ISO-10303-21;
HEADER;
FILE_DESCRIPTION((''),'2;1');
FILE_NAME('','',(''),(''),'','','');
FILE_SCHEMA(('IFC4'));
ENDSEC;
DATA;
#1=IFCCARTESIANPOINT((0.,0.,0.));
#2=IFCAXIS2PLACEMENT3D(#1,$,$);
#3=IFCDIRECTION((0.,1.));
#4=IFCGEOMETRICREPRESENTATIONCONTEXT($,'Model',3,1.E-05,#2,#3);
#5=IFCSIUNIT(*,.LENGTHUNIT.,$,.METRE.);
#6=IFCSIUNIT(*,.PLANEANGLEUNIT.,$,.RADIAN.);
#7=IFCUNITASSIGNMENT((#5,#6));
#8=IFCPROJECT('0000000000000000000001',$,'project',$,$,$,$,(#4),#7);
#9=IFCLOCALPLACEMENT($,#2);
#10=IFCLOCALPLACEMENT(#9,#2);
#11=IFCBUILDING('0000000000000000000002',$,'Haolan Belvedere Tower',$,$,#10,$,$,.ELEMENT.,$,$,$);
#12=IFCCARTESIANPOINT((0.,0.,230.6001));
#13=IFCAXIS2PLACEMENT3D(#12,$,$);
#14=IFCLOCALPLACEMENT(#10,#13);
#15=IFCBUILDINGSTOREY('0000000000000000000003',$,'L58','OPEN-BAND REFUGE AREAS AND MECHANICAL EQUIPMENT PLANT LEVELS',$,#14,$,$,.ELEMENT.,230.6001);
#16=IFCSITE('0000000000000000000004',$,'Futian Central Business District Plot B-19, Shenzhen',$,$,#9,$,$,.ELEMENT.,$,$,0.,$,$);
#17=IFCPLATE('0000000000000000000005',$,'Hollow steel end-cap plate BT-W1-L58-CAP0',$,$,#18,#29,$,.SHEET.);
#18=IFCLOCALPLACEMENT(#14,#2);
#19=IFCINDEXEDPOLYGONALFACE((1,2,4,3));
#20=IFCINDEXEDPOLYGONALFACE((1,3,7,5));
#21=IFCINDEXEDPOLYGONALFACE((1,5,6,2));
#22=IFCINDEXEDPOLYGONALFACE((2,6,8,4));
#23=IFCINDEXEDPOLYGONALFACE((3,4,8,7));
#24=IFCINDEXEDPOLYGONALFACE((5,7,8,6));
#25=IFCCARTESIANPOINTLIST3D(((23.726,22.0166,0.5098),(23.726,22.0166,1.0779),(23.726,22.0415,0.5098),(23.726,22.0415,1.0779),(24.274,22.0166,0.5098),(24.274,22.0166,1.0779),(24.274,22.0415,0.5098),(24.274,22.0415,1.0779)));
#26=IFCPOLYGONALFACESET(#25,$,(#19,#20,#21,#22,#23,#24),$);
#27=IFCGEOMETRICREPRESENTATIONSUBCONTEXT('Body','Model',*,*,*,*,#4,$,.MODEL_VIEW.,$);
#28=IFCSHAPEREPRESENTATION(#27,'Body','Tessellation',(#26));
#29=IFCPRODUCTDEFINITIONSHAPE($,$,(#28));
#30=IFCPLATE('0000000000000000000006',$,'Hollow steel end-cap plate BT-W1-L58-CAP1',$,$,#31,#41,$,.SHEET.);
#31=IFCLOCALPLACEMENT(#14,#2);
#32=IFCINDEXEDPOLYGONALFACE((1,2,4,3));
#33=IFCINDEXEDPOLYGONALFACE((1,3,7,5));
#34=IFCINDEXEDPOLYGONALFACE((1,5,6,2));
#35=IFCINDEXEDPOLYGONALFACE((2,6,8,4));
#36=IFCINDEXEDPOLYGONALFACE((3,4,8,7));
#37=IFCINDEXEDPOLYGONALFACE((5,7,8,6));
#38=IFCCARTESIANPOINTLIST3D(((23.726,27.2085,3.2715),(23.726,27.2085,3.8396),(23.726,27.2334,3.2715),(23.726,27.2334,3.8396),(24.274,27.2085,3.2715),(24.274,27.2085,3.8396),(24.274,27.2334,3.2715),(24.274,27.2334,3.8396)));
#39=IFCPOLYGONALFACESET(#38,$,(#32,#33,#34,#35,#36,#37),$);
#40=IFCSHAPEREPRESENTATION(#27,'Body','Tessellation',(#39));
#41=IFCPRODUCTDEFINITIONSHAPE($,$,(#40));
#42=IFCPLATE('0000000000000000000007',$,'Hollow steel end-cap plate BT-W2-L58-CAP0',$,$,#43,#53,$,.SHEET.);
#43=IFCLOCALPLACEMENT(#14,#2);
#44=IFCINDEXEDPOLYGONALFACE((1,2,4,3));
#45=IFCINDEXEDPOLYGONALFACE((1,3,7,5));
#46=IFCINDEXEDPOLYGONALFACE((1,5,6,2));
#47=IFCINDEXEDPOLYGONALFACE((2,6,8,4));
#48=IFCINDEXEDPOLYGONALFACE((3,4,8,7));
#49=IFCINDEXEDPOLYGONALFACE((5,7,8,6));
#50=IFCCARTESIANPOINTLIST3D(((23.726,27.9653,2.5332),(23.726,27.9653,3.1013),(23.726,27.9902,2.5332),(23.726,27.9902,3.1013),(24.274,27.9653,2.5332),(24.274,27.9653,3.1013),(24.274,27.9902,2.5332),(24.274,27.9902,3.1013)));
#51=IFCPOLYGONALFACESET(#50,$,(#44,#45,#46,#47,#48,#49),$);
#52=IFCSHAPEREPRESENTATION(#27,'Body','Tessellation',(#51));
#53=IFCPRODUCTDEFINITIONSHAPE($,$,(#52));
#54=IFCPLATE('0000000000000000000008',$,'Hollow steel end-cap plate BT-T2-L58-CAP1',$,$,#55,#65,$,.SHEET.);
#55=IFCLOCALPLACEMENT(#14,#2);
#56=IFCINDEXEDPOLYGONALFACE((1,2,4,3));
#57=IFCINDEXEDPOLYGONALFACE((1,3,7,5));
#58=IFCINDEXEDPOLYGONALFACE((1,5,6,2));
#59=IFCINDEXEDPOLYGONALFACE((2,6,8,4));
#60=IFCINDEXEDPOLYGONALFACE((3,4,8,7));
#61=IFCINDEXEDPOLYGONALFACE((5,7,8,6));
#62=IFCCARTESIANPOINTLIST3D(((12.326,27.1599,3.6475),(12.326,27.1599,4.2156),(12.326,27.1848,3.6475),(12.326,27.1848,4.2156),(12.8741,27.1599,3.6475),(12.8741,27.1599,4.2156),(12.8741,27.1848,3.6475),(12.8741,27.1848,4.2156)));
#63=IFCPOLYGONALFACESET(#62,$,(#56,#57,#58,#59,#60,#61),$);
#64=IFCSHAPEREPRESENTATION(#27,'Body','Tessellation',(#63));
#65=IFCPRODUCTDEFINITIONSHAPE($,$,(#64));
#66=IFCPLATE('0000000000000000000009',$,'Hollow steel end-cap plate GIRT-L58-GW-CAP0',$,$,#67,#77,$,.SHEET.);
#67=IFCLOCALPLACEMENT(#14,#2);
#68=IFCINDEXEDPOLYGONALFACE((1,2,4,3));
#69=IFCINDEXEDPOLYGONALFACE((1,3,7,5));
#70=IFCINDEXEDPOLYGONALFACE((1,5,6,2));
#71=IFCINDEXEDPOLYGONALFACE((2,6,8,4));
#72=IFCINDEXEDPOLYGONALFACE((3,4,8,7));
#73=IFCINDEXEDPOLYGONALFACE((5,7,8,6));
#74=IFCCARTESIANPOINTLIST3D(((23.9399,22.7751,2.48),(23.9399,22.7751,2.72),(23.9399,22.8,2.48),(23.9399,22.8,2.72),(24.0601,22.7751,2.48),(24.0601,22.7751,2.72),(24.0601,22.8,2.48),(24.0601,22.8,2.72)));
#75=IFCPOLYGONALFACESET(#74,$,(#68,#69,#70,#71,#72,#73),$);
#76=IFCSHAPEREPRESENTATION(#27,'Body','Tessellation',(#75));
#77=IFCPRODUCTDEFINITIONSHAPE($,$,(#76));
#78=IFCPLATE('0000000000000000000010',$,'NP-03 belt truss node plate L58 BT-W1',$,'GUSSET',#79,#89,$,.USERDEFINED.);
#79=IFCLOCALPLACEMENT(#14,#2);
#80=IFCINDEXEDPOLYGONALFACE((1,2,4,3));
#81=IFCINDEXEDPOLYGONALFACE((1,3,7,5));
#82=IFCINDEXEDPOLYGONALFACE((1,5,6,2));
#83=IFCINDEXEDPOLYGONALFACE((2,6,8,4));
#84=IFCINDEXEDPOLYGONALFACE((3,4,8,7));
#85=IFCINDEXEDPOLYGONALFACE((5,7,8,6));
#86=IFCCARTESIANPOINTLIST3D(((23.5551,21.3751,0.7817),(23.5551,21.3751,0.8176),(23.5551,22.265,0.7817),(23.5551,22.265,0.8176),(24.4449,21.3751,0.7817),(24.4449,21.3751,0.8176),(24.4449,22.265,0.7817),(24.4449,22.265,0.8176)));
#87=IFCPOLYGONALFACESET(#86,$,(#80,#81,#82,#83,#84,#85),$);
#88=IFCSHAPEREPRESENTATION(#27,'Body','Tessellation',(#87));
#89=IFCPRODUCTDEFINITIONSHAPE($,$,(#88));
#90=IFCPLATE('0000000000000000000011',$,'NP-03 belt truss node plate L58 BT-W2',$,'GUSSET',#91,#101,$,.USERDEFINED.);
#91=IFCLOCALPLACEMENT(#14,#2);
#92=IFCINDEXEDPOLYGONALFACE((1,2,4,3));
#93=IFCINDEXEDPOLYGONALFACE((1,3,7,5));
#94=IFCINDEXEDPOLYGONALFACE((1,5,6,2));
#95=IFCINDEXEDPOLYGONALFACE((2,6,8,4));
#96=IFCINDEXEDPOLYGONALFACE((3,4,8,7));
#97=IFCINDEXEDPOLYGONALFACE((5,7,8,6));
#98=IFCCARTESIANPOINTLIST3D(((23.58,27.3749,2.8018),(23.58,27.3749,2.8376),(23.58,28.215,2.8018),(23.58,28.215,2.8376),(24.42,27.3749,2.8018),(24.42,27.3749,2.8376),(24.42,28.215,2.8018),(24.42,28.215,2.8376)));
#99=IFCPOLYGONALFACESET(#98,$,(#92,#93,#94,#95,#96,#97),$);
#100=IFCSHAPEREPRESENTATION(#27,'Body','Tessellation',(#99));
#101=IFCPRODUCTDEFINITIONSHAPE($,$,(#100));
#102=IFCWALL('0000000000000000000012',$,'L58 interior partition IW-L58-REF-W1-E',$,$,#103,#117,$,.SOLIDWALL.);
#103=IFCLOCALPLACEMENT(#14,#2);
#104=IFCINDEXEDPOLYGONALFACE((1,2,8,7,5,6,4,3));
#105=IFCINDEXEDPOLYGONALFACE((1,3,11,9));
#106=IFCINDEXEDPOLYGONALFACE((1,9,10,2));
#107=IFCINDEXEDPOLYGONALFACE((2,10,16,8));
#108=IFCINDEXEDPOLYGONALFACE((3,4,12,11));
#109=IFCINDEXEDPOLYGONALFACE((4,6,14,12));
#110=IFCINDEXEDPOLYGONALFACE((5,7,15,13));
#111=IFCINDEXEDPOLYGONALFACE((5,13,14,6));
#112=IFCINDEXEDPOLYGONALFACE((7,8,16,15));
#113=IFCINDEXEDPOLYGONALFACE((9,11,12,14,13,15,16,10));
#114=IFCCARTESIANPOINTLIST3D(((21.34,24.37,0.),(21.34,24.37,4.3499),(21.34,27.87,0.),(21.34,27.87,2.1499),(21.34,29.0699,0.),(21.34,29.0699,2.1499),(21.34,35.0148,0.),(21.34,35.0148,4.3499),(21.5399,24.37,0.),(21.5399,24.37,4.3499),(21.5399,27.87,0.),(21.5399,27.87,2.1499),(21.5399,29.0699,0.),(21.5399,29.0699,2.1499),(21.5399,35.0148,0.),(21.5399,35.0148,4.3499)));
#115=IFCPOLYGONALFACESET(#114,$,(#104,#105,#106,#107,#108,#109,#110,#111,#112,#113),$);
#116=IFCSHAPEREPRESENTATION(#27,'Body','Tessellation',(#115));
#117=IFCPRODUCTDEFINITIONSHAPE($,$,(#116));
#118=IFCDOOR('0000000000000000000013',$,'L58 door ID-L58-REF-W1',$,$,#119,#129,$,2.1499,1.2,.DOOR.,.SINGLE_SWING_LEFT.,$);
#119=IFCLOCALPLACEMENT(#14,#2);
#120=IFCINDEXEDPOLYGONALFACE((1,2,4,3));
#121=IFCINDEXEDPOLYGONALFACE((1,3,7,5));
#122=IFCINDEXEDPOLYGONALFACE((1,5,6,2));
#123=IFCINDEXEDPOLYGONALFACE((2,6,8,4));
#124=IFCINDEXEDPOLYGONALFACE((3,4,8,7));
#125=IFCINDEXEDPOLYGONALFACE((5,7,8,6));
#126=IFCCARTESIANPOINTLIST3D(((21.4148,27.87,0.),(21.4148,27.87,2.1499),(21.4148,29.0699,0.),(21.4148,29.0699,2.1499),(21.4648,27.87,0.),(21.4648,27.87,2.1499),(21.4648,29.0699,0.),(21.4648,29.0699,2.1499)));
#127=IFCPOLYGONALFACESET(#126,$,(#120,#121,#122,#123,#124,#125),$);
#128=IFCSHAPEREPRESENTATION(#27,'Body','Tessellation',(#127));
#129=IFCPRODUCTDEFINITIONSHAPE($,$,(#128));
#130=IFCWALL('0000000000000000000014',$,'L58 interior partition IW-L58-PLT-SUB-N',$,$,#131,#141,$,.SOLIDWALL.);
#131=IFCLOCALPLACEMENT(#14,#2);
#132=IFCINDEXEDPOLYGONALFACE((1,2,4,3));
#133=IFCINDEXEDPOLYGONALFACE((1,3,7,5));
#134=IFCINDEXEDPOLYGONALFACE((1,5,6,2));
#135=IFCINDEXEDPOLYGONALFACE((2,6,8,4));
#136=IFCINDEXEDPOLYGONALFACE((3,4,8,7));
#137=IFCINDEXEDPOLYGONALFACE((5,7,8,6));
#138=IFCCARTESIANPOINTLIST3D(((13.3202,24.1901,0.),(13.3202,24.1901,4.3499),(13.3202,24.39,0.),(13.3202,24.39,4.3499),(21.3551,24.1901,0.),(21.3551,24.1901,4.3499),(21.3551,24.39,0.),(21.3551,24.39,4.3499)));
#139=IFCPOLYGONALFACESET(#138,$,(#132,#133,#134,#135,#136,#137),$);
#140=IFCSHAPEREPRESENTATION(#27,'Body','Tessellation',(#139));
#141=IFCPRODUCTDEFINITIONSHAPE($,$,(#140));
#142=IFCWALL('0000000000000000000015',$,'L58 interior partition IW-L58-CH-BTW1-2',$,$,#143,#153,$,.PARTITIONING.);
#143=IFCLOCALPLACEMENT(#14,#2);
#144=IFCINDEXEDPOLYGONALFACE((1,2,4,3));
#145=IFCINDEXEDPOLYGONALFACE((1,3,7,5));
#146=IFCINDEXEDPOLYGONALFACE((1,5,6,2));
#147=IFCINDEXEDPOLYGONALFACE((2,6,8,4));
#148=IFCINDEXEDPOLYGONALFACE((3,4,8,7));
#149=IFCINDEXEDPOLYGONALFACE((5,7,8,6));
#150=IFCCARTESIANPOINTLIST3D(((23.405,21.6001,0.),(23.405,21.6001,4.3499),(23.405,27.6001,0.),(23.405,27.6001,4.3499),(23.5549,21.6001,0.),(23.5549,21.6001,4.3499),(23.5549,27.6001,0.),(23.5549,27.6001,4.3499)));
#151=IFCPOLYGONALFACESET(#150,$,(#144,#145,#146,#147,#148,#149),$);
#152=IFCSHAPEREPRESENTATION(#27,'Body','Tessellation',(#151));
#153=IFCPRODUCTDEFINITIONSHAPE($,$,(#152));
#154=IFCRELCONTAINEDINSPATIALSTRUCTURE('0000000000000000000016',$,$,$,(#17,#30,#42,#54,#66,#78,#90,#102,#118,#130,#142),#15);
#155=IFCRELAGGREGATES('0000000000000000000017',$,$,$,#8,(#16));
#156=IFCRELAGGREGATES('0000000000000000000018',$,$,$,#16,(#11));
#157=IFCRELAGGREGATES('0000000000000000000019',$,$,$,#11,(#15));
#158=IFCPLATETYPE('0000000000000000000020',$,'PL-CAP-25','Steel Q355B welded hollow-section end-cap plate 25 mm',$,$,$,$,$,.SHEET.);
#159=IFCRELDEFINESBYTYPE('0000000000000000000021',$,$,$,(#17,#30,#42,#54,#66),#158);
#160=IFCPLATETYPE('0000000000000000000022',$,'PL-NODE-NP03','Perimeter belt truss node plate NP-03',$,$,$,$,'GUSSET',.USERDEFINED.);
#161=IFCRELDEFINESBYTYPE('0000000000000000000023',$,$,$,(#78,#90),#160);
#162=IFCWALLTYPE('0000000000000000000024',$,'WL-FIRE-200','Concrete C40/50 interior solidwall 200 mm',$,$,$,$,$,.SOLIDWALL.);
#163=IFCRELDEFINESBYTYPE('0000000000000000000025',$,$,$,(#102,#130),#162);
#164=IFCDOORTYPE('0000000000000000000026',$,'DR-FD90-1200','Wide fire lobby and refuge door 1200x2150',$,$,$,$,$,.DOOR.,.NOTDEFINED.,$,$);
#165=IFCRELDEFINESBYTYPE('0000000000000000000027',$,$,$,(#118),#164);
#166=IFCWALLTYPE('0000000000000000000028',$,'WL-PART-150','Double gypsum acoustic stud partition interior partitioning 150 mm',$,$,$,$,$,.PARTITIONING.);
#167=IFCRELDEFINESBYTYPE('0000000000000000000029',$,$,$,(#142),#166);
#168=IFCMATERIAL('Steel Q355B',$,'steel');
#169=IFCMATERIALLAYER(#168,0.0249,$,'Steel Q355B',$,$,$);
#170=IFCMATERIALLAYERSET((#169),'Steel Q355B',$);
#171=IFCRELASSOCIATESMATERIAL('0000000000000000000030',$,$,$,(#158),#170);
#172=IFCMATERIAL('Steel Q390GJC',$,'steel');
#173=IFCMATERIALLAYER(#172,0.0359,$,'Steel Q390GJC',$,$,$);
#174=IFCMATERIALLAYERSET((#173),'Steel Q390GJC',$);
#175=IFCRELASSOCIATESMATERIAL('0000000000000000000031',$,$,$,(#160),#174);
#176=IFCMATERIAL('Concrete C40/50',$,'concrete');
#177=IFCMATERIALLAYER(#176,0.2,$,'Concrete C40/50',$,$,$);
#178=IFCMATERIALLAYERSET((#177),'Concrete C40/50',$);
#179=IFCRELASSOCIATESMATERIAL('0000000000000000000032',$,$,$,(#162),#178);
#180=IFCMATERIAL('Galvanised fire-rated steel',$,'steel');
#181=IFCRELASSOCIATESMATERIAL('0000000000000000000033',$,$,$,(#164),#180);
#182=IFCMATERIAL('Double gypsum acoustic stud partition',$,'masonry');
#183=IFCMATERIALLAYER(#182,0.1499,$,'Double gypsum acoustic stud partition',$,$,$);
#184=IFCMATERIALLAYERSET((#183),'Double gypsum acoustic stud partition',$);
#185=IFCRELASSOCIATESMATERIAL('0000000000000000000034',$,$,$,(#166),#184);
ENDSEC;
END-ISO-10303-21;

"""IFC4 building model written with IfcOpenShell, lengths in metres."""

from ifc_helpers import new_model, si_unit, direction, frame, frame_2d, origin, origin_2d, place, context, subcontext, project, spatial, rectangle, extrude, material, layer, layer_set, type_object, element, fill, save


model = new_model("IFC4")

# Units and contexts
model_context = context("Model", 3, precision=1e-05, world=origin(), true_north=direction((0.0, 1.0)))
body_context = subcontext(model_context, "Body", "Model", "MODEL_VIEW")
ifc_project = project(units=[si_unit("LENGTHUNIT", "METRE"), si_unit("PLANEANGLEUNIT", "RADIAN")], contexts=[model_context])

# Site, building, storey
site_placement = place(None, origin())
site = spatial("IfcSite", under=ifc_project, at=site_placement, Name="Futian Central Business District Plot B-19, Shenzhen", CompositionType="ELEMENT", RefElevation=0.0)
building_placement = place(site_placement, origin())
building = spatial("IfcBuilding", under=site, at=building_placement, Name="Haolan Belvedere Tower", CompositionType="ELEMENT")
storey_placement = place(building_placement, frame((0.0, 0.0, 230.6001)))
storey = spatial("IfcBuildingStorey", under=building, at=storey_placement, Name="L58", Description="OPEN-BAND REFUGE AREAS AND MECHANICAL EQUIPMENT PLANT LEVELS", CompositionType="ELEMENT", Elevation=230.6001)

# Shared definitions
ifc_material_1 = material(Name="Steel Q390GJC", Category="steel")

# Shared definitions
ifc_material_2 = material(Name="Steel Q355B", Category="steel")

# Plates
ifc_layer_1 = layer(ifc_material_2, 0.0249, Name="Steel Q355B")
ifc_layer_set_1 = layer_set([ifc_layer_1], Name="Steel Q355B")
plate_type_1 = type_object("IfcPlateType", Name="PL-CAP-25", Description="Steel Q355B welded hollow-section end-cap plate 25 mm", PredefinedType="SHEET", material=ifc_layer_set_1)
for number, where, z_axis, x_axis, name in (
    (1, (24.0, 22.0291, 0.5098), (0.0, 0.0, 1.0), (1.0, 0.0, 0.0), "Hollow steel end-cap plate BT-W1-L58-CAP0"),
    (2, (24.0, 27.2209, 3.2715), (0.0, 0.0, 1.0), (-1.0, 0.0, 0.0), "Hollow steel end-cap plate BT-W1-L58-CAP1"),
    (3, (24.0, 27.9778, 2.5332), (0.0, 0.0, 1.0), (1.0, 0.0, 0.0), "Hollow steel end-cap plate BT-W2-L58-CAP0"),
    (4, (12.6001, 27.1724, 3.6475), (0.0, 0.0, 1.0), (-1.0, 0.0, 0.0), "Hollow steel end-cap plate BT-T2-L58-CAP1"),
):
    element("IfcPlate", number, at=place(storey_placement, frame(where, z_axis=z_axis, x_axis=x_axis)), inside=storey, type_object=plate_type_1, Name=name, PredefinedType="SHEET", context=body_context, shape_type="SweptSolid", body=[
        extrude(rectangle(XDim=0.5481, YDim=0.0249, at=origin_2d()), origin(), (0.0, 0.0, 1.0), 0.5681),
    ])
plate_1_placement = place(storey_placement, frame((24.0, 22.7876, 2.48), z_axis=(0.0, 0.0, 1.0), x_axis=(1.0, 0.0, 0.0)))
element("IfcPlate", 5, at=plate_1_placement, inside=storey, type_object=plate_type_1, Name="Hollow steel end-cap plate GIRT-L58-GW-CAP0", PredefinedType="SHEET", context=body_context, shape_type="SweptSolid", body=[
    extrude(rectangle(XDim=0.1201, YDim=0.0249, at=origin_2d()), origin(), (0.0, 0.0, 1.0), 0.24),
])
ifc_layer_2 = layer(ifc_material_1, 0.0359, Name="Steel Q390GJC")
ifc_layer_set_2 = layer_set([ifc_layer_2], Name="Steel Q390GJC")
plate_type_2 = type_object("IfcPlateType", Name="PL-NODE-NP03", Description="Perimeter belt truss node plate NP-03", ElementType="GUSSET", PredefinedType="USERDEFINED", material=ifc_layer_set_2)
plate_2_placement = place(storey_placement, frame((24.0, 21.8201, 0.7817), z_axis=(0.0, 0.0, 1.0), x_axis=(1.0, 0.0, 0.0)))
element("IfcPlate", 6, at=plate_2_placement, inside=storey, type_object=plate_type_2, Name="NP-03 belt truss node plate L58 BT-W1", ObjectType="GUSSET", PredefinedType="USERDEFINED", context=body_context, shape_type="SweptSolid", body=[
    extrude(rectangle(XDim=0.8899, YDim=0.8899, at=origin_2d()), origin(), (0.0, 0.0, 1.0), 0.0359),
])
plate_3_placement = place(storey_placement, frame((24.0, 27.7949, 2.8018), z_axis=(0.0, 0.0, 1.0), x_axis=(1.0, 0.0, 0.0)))
element("IfcPlate", 7, at=plate_3_placement, inside=storey, type_object=plate_type_2, Name="NP-03 belt truss node plate L58 BT-W2", ObjectType="GUSSET", PredefinedType="USERDEFINED", context=body_context, shape_type="SweptSolid", body=[
    extrude(rectangle(XDim=0.8401, YDim=0.8401, at=origin_2d()), origin(), (0.0, 0.0, 1.0), 0.0359),
])

# Wall, opening, door
ifc_material_3 = material(Name="Concrete C40/50", Category="concrete")
ifc_layer_3 = layer(ifc_material_3, 0.2, Name="Concrete C40/50")
ifc_layer_set_3 = layer_set([ifc_layer_3], Name="Concrete C40/50")
wall_type_1 = type_object("IfcWallType", Name="WL-FIRE-200", Description="Concrete C40/50 interior solidwall 200 mm", PredefinedType="SOLIDWALL", material=ifc_layer_set_3)
wall_1_placement = place(storey_placement, frame((21.4399, 24.3701, 0.0), z_axis=(0.0, 0.0, 1.0), x_axis=(0.0, 1.0, 0.0)))
wall_1 = element("IfcWall", 8, at=wall_1_placement, inside=storey, type_object=wall_type_1, Name="L58 interior partition IW-L58-REF-W1-E", PredefinedType="SOLIDWALL", context=body_context, shape_type="SweptSolid", body=[
    extrude(rectangle(XDim=10.6448, YDim=0.2, at=frame_2d((5.3223, 0.0))), origin(), (0.0, 0.0, 1.0), 4.3499),
])
opening_1_placement = place(wall_1_placement, frame((4.7, 0.0, 0.0), z_axis=(0.0, 0.0, 1.0), x_axis=(-1.0, 0.0, 0.0)))
opening_1 = element("IfcOpeningElement", 9, at=opening_1_placement, cuts=wall_1, PredefinedType="OPENING", context=body_context, shape_type="SweptSolid", body=[
    extrude(rectangle(XDim=1.2, YDim=2.1499, at=frame_2d((0.6001, 1.075))), frame((0.0, 0.1099, 0.0), z_axis=(0.0, -1.0, 0.0), x_axis=(1.0, 0.0, 0.0)), (0.0, 0.0, 1.0), 0.22),
])
ifc_material_4 = material(Name="Galvanised fire-rated steel", Category="steel")
door_type_1 = type_object("IfcDoorType", Name="DR-FD90-1200", Description="Wide fire lobby and refuge door 1200x2150", OperationType="NOTDEFINED", PredefinedType="DOOR", material=ifc_material_4)
door_1_placement = place(opening_1_placement, origin())
door_1 = element("IfcDoor", 10, at=door_1_placement, inside=storey, type_object=door_type_1, Name="L58 door ID-L58-REF-W1", OperationType="SINGLE_SWING_LEFT", OverallHeight=2.1499, OverallWidth=1.2, PredefinedType="DOOR", context=body_context, shape_type="SweptSolid", body=[
    extrude(rectangle(XDim=1.2, YDim=2.1499, at=frame_2d((0.6001, 1.075))), frame((0.0, 0.0249, 0.0), z_axis=(0.0, -1.0, 0.0), x_axis=(1.0, 0.0, 0.0)), (0.0, 0.0, 1.0), 0.05),
])
fill(opening_1, door_1)

# Wall
wall_2_placement = place(storey_placement, frame((13.3201, 24.29, 0.0), z_axis=(0.0, 0.0, 1.0), x_axis=(1.0, 0.0, 0.0)))
element("IfcWall", 11, at=wall_2_placement, inside=storey, type_object=wall_type_1, Name="L58 interior partition IW-L58-PLT-SUB-N", PredefinedType="SOLIDWALL", context=body_context, shape_type="SweptSolid", body=[
    extrude(rectangle(XDim=8.0349, YDim=0.2, at=frame_2d((4.0176, 0.0))), origin(), (0.0, 0.0, 1.0), 4.3499),
])

# Wall
ifc_material_5 = material(Name="Double gypsum acoustic stud partition", Category="masonry")
ifc_layer_4 = layer(ifc_material_5, 0.1499, Name="Double gypsum acoustic stud partition")
ifc_layer_set_4 = layer_set([ifc_layer_4], Name="Double gypsum acoustic stud partition")
wall_type_2 = type_object("IfcWallType", Name="WL-PART-150", Description="Double gypsum acoustic stud partition interior partitioning 150 mm", PredefinedType="PARTITIONING", material=ifc_layer_set_4)
wall_3_placement = place(storey_placement, frame((23.48, 21.6001, 0.0), z_axis=(0.0, 0.0, 1.0), x_axis=(0.0, 1.0, 0.0)))
element("IfcWall", 12, at=wall_3_placement, inside=storey, type_object=wall_type_2, Name="L58 interior partition IW-L58-CH-BTW1-2", PredefinedType="PARTITIONING", context=body_context, shape_type="SweptSolid", body=[
    extrude(rectangle(XDim=6.0, YDim=0.1499, at=frame_2d((3.0, 0.0))), origin(), (0.0, 0.0, 1.0), 4.3499),
])

save(model, "model.ifc")
